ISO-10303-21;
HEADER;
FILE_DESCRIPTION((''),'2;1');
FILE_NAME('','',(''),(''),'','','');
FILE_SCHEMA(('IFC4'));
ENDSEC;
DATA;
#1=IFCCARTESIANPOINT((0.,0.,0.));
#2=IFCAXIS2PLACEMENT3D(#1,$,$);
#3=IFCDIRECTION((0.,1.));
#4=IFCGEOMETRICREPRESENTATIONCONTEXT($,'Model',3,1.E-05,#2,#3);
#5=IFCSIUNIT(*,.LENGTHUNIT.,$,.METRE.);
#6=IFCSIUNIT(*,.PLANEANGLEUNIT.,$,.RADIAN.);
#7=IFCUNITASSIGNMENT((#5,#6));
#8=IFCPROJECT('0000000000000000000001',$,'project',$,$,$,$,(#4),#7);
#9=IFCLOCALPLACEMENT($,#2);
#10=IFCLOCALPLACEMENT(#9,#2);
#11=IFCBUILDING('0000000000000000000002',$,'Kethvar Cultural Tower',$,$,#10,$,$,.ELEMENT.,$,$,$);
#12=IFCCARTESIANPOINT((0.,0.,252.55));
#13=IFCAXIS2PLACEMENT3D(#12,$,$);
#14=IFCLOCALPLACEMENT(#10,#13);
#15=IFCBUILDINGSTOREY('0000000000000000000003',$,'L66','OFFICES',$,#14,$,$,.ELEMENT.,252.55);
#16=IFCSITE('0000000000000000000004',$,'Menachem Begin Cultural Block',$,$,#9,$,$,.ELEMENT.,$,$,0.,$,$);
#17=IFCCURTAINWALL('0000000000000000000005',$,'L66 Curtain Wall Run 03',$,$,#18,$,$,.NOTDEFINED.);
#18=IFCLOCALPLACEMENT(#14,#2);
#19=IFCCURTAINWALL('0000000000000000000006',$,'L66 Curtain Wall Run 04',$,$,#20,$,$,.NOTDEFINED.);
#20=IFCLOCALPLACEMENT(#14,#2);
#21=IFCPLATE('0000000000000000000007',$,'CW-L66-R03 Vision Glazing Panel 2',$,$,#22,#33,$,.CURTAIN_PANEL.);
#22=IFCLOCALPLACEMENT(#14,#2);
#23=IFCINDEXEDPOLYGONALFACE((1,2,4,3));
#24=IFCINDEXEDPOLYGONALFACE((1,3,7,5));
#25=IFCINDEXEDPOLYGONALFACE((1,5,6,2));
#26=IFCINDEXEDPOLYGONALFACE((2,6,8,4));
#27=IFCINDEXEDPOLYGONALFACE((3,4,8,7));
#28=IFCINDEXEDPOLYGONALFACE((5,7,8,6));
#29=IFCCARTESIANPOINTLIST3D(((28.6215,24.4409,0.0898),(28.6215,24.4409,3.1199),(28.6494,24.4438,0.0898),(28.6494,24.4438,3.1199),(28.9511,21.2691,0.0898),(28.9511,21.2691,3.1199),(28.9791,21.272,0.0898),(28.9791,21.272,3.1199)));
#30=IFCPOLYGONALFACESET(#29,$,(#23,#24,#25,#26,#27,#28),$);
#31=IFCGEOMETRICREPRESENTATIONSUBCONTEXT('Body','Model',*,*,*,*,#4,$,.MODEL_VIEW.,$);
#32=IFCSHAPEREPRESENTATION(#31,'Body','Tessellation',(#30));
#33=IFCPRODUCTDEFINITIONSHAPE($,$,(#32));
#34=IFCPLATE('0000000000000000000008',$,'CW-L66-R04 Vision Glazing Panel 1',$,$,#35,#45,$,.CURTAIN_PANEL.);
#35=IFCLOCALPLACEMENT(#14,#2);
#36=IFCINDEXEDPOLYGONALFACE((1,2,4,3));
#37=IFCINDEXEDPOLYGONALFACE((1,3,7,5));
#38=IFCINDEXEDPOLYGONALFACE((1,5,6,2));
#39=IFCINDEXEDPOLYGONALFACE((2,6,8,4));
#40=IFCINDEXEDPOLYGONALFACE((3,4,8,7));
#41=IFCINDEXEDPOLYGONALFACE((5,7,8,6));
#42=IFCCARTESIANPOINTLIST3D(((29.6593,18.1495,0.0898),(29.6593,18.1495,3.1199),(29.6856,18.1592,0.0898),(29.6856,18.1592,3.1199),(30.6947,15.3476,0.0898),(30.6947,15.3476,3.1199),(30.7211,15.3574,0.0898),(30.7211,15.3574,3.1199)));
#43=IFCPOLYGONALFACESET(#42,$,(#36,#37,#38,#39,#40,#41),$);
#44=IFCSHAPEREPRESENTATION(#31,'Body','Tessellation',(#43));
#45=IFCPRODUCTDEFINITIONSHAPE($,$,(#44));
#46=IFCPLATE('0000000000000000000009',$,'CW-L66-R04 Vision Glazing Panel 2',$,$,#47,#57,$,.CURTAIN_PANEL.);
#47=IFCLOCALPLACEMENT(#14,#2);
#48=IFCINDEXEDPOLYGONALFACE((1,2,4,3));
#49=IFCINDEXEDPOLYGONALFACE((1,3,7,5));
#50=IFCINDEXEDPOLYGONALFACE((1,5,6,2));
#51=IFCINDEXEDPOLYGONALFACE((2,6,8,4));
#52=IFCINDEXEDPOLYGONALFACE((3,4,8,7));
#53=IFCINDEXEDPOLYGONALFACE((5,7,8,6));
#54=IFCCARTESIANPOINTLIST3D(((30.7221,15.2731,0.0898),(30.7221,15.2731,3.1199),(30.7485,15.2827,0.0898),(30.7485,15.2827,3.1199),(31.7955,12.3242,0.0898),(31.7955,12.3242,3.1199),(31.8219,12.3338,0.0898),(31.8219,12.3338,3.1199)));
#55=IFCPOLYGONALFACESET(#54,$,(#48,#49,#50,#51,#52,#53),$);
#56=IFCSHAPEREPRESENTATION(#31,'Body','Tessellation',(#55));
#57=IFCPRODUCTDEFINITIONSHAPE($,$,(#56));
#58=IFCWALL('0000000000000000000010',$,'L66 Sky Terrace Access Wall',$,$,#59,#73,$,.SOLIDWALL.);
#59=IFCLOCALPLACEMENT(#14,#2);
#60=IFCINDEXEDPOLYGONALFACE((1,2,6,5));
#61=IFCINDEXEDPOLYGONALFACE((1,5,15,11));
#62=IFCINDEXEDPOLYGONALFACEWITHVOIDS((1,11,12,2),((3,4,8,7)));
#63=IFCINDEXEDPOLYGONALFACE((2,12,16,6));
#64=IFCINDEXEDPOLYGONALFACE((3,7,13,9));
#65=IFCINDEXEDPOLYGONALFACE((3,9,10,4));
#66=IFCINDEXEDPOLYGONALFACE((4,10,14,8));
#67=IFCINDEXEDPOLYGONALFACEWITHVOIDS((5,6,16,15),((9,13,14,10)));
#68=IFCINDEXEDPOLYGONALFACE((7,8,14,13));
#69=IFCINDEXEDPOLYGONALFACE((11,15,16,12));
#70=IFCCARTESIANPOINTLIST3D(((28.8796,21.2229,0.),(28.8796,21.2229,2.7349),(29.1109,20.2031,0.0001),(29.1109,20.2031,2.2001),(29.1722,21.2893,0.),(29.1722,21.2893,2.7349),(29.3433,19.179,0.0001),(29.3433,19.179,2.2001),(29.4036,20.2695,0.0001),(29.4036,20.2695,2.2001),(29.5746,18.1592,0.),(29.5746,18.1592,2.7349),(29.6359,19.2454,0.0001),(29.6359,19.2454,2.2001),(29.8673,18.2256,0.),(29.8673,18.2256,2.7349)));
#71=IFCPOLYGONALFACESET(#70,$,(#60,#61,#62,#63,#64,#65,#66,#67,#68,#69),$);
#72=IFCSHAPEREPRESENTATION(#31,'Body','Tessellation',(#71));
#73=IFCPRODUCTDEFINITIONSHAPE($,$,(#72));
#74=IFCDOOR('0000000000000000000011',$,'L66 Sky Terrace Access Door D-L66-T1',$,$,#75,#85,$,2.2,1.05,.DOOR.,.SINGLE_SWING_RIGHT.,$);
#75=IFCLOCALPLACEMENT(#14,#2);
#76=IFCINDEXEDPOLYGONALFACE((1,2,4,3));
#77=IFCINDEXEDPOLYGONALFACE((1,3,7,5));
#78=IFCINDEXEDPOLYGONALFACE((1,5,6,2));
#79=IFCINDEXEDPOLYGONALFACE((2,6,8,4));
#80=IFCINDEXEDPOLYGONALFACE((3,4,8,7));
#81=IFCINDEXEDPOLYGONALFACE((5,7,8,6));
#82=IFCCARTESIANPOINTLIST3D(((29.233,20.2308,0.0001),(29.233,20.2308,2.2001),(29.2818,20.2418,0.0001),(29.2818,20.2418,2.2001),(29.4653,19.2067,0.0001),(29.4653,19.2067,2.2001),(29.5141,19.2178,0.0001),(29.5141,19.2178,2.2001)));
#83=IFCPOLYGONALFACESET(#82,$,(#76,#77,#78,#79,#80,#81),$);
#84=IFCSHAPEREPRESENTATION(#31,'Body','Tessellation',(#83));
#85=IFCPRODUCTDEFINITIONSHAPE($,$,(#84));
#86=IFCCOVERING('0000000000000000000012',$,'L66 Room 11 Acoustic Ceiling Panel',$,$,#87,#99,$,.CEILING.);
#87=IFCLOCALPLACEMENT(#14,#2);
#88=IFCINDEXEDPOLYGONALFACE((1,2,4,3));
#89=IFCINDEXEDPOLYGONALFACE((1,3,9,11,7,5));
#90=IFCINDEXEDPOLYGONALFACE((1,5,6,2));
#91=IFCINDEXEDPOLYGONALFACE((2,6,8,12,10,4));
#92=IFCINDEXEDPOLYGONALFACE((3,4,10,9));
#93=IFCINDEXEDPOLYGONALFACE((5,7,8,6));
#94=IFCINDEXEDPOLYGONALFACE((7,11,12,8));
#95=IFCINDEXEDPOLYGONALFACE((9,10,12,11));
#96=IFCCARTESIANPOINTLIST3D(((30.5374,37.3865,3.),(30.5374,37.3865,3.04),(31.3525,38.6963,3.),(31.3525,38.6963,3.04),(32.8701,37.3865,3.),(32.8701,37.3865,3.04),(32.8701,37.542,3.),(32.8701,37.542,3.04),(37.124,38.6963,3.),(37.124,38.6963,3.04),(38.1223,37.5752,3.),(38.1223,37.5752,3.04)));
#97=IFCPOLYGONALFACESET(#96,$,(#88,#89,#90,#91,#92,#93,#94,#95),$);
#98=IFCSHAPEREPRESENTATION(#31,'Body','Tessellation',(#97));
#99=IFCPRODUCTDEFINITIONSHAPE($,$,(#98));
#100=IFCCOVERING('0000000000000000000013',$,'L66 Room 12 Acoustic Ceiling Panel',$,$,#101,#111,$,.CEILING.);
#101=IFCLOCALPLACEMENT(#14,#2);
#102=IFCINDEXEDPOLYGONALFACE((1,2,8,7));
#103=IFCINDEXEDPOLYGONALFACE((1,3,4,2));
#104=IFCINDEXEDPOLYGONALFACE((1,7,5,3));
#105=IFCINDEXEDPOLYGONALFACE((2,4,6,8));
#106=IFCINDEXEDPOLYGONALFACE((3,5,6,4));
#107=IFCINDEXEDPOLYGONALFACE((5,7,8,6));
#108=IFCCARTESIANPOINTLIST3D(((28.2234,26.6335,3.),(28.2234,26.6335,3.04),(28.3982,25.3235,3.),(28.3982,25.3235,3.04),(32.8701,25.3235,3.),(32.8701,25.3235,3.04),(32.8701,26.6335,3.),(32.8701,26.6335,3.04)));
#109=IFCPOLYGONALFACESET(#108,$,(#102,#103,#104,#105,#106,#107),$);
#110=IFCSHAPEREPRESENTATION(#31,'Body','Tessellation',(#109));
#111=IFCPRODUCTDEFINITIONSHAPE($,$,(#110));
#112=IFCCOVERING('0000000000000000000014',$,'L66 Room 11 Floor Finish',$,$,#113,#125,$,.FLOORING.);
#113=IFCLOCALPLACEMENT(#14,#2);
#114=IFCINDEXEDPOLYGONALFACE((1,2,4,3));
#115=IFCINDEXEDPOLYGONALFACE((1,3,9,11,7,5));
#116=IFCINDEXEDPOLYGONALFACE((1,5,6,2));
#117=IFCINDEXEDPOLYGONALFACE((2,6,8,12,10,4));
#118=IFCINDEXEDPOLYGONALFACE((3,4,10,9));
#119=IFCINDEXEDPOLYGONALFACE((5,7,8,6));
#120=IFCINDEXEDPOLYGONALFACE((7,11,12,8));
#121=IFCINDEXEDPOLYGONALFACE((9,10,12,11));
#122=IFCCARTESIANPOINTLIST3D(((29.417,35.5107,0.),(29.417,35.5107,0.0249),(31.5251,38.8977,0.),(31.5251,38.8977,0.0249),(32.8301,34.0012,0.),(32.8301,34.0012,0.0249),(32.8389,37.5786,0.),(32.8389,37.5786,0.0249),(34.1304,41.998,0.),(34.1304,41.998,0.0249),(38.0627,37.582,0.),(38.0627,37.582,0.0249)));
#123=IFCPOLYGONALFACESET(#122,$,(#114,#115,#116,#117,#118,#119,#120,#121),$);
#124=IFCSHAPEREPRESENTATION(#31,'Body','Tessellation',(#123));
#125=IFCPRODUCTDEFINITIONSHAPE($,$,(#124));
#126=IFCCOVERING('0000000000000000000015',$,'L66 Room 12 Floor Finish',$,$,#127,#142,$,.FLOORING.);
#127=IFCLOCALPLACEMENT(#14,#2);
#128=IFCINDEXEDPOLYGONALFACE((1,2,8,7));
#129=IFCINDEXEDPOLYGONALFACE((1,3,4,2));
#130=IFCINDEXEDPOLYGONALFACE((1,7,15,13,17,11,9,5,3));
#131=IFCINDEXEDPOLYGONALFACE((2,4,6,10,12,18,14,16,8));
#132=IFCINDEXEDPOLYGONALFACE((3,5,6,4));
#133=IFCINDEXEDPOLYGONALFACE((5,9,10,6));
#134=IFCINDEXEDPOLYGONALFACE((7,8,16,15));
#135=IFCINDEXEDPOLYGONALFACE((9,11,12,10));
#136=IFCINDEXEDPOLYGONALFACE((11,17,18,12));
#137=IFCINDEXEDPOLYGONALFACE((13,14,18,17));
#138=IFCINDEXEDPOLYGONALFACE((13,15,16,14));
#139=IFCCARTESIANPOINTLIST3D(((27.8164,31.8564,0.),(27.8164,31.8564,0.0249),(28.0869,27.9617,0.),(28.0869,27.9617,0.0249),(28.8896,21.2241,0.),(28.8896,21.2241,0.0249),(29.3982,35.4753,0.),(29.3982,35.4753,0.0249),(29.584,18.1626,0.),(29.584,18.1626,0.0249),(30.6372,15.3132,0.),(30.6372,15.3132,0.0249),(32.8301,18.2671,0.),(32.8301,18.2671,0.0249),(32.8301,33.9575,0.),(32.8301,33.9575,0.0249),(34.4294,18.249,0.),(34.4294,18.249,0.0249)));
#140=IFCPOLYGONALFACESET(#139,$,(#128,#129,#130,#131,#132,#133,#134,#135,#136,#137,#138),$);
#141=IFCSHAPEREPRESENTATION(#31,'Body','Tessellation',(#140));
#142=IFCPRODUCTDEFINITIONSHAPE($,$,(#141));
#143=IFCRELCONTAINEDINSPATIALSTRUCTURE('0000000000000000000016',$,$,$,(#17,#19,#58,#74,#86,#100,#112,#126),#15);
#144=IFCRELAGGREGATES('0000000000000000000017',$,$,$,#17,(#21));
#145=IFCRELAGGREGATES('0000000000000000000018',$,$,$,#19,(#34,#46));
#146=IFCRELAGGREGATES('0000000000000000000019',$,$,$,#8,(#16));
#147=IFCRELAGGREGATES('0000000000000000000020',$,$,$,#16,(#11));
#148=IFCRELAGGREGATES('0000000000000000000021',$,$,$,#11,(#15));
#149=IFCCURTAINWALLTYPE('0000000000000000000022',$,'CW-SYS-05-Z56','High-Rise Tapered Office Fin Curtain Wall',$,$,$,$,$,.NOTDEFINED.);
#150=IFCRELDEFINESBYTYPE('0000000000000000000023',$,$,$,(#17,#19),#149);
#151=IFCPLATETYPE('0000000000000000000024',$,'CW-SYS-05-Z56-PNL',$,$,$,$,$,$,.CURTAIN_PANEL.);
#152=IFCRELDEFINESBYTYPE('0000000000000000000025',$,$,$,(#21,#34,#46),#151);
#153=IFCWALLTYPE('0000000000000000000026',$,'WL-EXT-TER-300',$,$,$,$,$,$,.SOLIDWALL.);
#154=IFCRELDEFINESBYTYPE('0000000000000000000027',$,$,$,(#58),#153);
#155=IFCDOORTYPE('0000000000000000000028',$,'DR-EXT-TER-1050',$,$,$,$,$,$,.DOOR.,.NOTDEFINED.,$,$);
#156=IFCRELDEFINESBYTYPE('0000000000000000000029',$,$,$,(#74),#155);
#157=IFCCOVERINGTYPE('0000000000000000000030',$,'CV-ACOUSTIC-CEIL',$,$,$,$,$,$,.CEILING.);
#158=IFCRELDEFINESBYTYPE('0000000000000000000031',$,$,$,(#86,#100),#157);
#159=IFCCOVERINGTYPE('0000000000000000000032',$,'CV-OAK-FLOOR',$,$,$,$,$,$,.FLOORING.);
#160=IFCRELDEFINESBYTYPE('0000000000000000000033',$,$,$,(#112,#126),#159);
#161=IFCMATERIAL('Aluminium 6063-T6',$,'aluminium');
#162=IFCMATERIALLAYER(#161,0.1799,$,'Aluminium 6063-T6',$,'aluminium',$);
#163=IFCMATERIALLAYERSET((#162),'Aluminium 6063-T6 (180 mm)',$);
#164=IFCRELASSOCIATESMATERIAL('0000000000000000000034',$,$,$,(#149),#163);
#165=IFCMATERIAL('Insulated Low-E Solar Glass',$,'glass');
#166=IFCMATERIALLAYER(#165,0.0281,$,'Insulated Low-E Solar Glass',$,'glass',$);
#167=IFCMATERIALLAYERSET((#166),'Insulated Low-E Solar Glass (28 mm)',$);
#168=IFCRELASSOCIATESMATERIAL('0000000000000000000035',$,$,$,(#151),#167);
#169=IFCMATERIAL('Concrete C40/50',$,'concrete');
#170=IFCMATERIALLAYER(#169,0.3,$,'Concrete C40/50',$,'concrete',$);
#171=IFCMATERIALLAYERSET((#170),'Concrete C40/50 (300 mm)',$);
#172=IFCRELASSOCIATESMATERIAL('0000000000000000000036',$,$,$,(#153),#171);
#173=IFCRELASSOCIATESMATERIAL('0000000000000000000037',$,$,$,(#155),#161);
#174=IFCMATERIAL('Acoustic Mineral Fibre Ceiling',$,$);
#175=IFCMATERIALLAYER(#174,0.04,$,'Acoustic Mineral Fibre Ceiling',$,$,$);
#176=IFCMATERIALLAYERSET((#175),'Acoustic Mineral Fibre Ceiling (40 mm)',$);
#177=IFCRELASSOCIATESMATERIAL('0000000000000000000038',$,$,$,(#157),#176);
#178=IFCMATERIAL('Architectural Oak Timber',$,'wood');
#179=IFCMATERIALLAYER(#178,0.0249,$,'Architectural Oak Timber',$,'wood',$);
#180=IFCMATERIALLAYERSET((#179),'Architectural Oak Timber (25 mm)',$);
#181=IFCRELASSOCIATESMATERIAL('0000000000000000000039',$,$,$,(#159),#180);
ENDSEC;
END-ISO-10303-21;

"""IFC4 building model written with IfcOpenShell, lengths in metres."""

from ifc_helpers import new_model, si_unit, direction, frame, frame_2d, origin, origin_2d, place, context, subcontext, project, spatial, polyline, rectangle, outline, extrude, source, transform, mapped, material, layer, layer_set, type_object, element, fill, aggregate, save


model = new_model("IFC4")

# Units and contexts
model_context = context("Model", 3, precision=1e-05, world=origin(), true_north=direction((0.0, 1.0)))
body_context = subcontext(model_context, "Body", "Model", "MODEL_VIEW")
ifc_project = project(units=[si_unit("LENGTHUNIT", "METRE"), si_unit("PLANEANGLEUNIT", "RADIAN")], contexts=[model_context])

# Site, building, storey
site_placement = place(None, origin())
site = spatial("IfcSite", under=ifc_project, at=site_placement, Name="Menachem Begin Cultural Block", CompositionType="ELEMENT", RefElevation=0.0)
building_placement = place(site_placement, origin())
building = spatial("IfcBuilding", under=site, at=building_placement, Name="Kethvar Cultural Tower", CompositionType="ELEMENT")
storey_placement = place(building_placement, frame((0.0, 0.0, 252.55)))
storey = spatial("IfcBuildingStorey", under=building, at=storey_placement, Name="L66", Description="OFFICES", CompositionType="ELEMENT", Elevation=252.55)

# Curtain wall
ifc_material_1 = material(Name="Aluminium 6063-T6", Category="aluminium")
ifc_layer_1 = layer(ifc_material_1, 0.1799, Name="Aluminium 6063-T6", Category="aluminium")
ifc_layer_set_1 = layer_set([ifc_layer_1], Name="Aluminium 6063-T6 (180 mm)")
curtain_wall_type = type_object("IfcCurtainWallType", Name="CW-SYS-05-Z56", Description="High-Rise Tapered Office Fin Curtain Wall", PredefinedType="NOTDEFINED", material=ifc_layer_set_1)
curtain_wall_1_placement = place(storey_placement, origin())
curtain_wall_1 = element("IfcCurtainWall", 1, at=curtain_wall_1_placement, inside=storey, type_object=curtain_wall_type, Name="L66 Curtain Wall Run 03", PredefinedType="NOTDEFINED")

# Curtain wall
curtain_wall_2_placement = place(storey_placement, origin())
curtain_wall_2 = element("IfcCurtainWall", 2, at=curtain_wall_2_placement, inside=storey, type_object=curtain_wall_type, Name="L66 Curtain Wall Run 04", PredefinedType="NOTDEFINED")

# Plates
ifc_material_2 = material(Name="Insulated Low-E Solar Glass", Category="glass")
ifc_layer_2 = layer(ifc_material_2, 0.0281, Name="Insulated Low-E Solar Glass", Category="glass")
ifc_layer_set_2 = layer_set([ifc_layer_2], Name="Insulated Low-E Solar Glass (28 mm)")
plate_type = type_object("IfcPlateType", Name="CW-SYS-05-Z56-PNL", PredefinedType="CURTAIN_PANEL", material=ifc_layer_set_2)
shared_shape_1 = source(origin(), body_context, "Body", "SweptSolid", [
    extrude(rectangle(XDim=3.189, YDim=0.0281, at=origin_2d()), origin(), (0.0, 0.0, 1.0), 3.03),
])
plate_1_placement = place(storey_placement, frame((28.8003, 22.8564, 0.0898), z_axis=(0.0, 0.0, 1.0), x_axis=(0.103365, -0.994643, 0.0)))
plate_1 = element("IfcPlate", 3, at=plate_1_placement, type_object=plate_type, Name="CW-L66-R03 Vision Glazing Panel 2", PredefinedType="CURTAIN_PANEL", context=body_context, shape_type="MappedRepresentation", body=[
    mapped(shared_shape_1, transform((0.0, 0.0, 0.0), scale=1.0)),
])
aggregate(curtain_wall_1, [plate_1])
shared_shape_2 = source(origin(), body_context, "Body", "SweptSolid", [
    extrude(rectangle(XDim=2.9871, YDim=0.0281, at=origin_2d()), origin(), (0.0, 0.0, 1.0), 3.03),
])
plate_2_placement = place(storey_placement, frame((30.1902, 16.7534, 0.0898), z_axis=(0.0, 0.0, 1.0), x_axis=(0.346641, -0.937998, 0.0)))
plate_2 = element("IfcPlate", 4, at=plate_2_placement, type_object=plate_type, Name="CW-L66-R04 Vision Glazing Panel 1", PredefinedType="CURTAIN_PANEL", context=body_context, shape_type="MappedRepresentation", body=[
    mapped(shared_shape_2, transform((0.0, 0.0, 0.0), scale=1.0)),
])
shared_shape_3 = source(origin(), body_context, "Body", "SweptSolid", [
    extrude(rectangle(XDim=3.1382, YDim=0.0281, at=origin_2d()), origin(), (0.0, 0.0, 1.0), 3.03),
])
plate_3_placement = place(storey_placement, frame((31.272, 13.8035, 0.0898), z_axis=(0.0, 0.0, 1.0), x_axis=(0.342053, -0.939681, 0.0)))
plate_3 = element("IfcPlate", 5, at=plate_3_placement, type_object=plate_type, Name="CW-L66-R04 Vision Glazing Panel 2", PredefinedType="CURTAIN_PANEL", context=body_context, shape_type="MappedRepresentation", body=[
    mapped(shared_shape_3, transform((0.0, 0.0, 0.0), scale=1.0)),
])
aggregate(curtain_wall_2, [plate_2, plate_3])

# Wall, opening, door
ifc_material_3 = material(Name="Concrete C40/50", Category="concrete")
ifc_layer_3 = layer(ifc_material_3, 0.3, Name="Concrete C40/50", Category="concrete")
ifc_layer_set_3 = layer_set([ifc_layer_3], Name="Concrete C40/50 (300 mm)")
wall_type = type_object("IfcWallType", Name="WL-EXT-TER-300", PredefinedType="SOLIDWALL", material=ifc_layer_set_3)
wall_placement = place(storey_placement, frame((29.7209, 18.1924, 0.0), z_axis=(0.0, 0.0, 1.0), x_axis=(-0.221248, 0.975218, 0.0)))
wall = element("IfcWall", 6, at=wall_placement, inside=storey, type_object=wall_type, Name="L66 Sky Terrace Access Wall", PredefinedType="SOLIDWALL", context=body_context, shape_type="SweptSolid", body=[
    extrude(rectangle(XDim=3.1416, YDim=0.3, at=frame_2d((1.5708, 0.0))), origin(), (0.0, 0.0, 1.0), 2.7349),
])
opening_placement = place(wall_placement, frame((1.0459, 0.0, 0.0)))
opening = element("IfcOpeningElement", 7, at=opening_placement, cuts=wall, PredefinedType="OPENING", context=body_context, shape_type="SweptSolid", body=[
    extrude(rectangle(XDim=1.05, YDim=2.2, at=frame_2d((0.5249, 1.1001))), frame((0.0, 0.1599, 0.0), z_axis=(0.0, -1.0, 0.0), x_axis=(1.0, 0.0, 0.0)), (0.0, 0.0, 1.0), 0.3201),
])
door_type = type_object("IfcDoorType", Name="DR-EXT-TER-1050", OperationType="NOTDEFINED", PredefinedType="DOOR", material=ifc_material_1)
shared_shape_4 = source(origin(), body_context, "Body", "SweptSolid", [
    extrude(rectangle(XDim=1.05, YDim=2.2, at=frame_2d((0.5249, 1.1001))), frame((0.0, 0.0249, 0.0), z_axis=(0.0, -1.0, 0.0), x_axis=(1.0, 0.0, 0.0)), (0.0, 0.0, 1.0), 0.05),
])
door_placement = place(opening_placement, origin())
door = element("IfcDoor", 8, at=door_placement, inside=storey, type_object=door_type, Name="L66 Sky Terrace Access Door D-L66-T1", OperationType="SINGLE_SWING_RIGHT", OverallHeight=2.2, OverallWidth=1.05, PredefinedType="DOOR", context=body_context, shape_type="MappedRepresentation", body=[
    mapped(shared_shape_4, transform((0.0, 0.0, 0.0), scale=1.0)),
])
fill(opening, door)

# Coverings
ifc_material_4 = material(Name="Acoustic Mineral Fibre Ceiling")
ifc_layer_4 = layer(ifc_material_4, 0.04, Name="Acoustic Mineral Fibre Ceiling")
ifc_layer_set_4 = layer_set([ifc_layer_4], Name="Acoustic Mineral Fibre Ceiling (40 mm)")
covering_type_1 = type_object("IfcCoveringType", Name="CV-ACOUSTIC-CEIL", PredefinedType="CEILING", material=ifc_layer_set_4)
covering_1_placement = place(storey_placement, frame((0.0, 0.0, 3.0)))
element("IfcCovering", 9, at=covering_1_placement, inside=storey, type_object=covering_type_1, Name="L66 Room 11 Acoustic Ceiling Panel", PredefinedType="CEILING", context=body_context, shape_type="SweptSolid", body=[
    extrude(outline(polyline([(38.1223, 37.5752), (32.8701, 37.542), (32.8701, 37.3865), (30.5374, 37.3865), (31.3525, 38.6963), (37.124, 38.6963), (38.1223, 37.5752)])), origin(), (0.0, 0.0, 1.0), 0.04),
])
covering_2_placement = place(storey_placement, frame((0.0, 0.0, 3.0)))
element("IfcCovering", 10, at=covering_2_placement, inside=storey, type_object=covering_type_1, Name="L66 Room 12 Acoustic Ceiling Panel", PredefinedType="CEILING", context=body_context, shape_type="SweptSolid", body=[
    extrude(outline(polyline([(28.2234, 26.6335), (32.8701, 26.6335), (32.8701, 25.3235), (28.3982, 25.3235), (28.2234, 26.6335)])), origin(), (0.0, 0.0, 1.0), 0.04),
])
ifc_material_5 = material(Name="Architectural Oak Timber", Category="wood")
ifc_layer_5 = layer(ifc_material_5, 0.0249, Name="Architectural Oak Timber", Category="wood")
ifc_layer_set_5 = layer_set([ifc_layer_5], Name="Architectural Oak Timber (25 mm)")
covering_type_2 = type_object("IfcCoveringType", Name="CV-OAK-FLOOR", PredefinedType="FLOORING", material=ifc_layer_set_5)
covering_3_placement = place(storey_placement, origin())
element("IfcCovering", 11, at=covering_3_placement, inside=storey, type_object=covering_type_2, Name="L66 Room 11 Floor Finish", PredefinedType="FLOORING", context=body_context, shape_type="SweptSolid", body=[
    extrude(outline(polyline([(31.5251, 38.8977), (34.1304, 41.998), (38.0627, 37.582), (32.8389, 37.5786), (32.8301, 34.0012), (29.417, 35.5107), (31.5251, 38.8977)])), origin(), (0.0, 0.0, 1.0), 0.0249),
])
covering_4_placement = place(storey_placement, origin())
element("IfcCovering", 12, at=covering_4_placement, inside=storey, type_object=covering_type_2, Name="L66 Room 12 Floor Finish", PredefinedType="FLOORING", context=body_context, shape_type="SweptSolid", body=[
    extrude(outline(polyline([(29.584, 18.1626), (28.8896, 21.2241), (28.0869, 27.9617), (27.8164, 31.8564), (29.3982, 35.4753), (32.8301, 33.9575), (32.8301, 18.2671), (34.4294, 18.249), (30.6372, 15.3132), (29.584, 18.1626)])), origin(), (0.0, 0.0, 1.0), 0.0249),
])

save(model, "model.ifc")
